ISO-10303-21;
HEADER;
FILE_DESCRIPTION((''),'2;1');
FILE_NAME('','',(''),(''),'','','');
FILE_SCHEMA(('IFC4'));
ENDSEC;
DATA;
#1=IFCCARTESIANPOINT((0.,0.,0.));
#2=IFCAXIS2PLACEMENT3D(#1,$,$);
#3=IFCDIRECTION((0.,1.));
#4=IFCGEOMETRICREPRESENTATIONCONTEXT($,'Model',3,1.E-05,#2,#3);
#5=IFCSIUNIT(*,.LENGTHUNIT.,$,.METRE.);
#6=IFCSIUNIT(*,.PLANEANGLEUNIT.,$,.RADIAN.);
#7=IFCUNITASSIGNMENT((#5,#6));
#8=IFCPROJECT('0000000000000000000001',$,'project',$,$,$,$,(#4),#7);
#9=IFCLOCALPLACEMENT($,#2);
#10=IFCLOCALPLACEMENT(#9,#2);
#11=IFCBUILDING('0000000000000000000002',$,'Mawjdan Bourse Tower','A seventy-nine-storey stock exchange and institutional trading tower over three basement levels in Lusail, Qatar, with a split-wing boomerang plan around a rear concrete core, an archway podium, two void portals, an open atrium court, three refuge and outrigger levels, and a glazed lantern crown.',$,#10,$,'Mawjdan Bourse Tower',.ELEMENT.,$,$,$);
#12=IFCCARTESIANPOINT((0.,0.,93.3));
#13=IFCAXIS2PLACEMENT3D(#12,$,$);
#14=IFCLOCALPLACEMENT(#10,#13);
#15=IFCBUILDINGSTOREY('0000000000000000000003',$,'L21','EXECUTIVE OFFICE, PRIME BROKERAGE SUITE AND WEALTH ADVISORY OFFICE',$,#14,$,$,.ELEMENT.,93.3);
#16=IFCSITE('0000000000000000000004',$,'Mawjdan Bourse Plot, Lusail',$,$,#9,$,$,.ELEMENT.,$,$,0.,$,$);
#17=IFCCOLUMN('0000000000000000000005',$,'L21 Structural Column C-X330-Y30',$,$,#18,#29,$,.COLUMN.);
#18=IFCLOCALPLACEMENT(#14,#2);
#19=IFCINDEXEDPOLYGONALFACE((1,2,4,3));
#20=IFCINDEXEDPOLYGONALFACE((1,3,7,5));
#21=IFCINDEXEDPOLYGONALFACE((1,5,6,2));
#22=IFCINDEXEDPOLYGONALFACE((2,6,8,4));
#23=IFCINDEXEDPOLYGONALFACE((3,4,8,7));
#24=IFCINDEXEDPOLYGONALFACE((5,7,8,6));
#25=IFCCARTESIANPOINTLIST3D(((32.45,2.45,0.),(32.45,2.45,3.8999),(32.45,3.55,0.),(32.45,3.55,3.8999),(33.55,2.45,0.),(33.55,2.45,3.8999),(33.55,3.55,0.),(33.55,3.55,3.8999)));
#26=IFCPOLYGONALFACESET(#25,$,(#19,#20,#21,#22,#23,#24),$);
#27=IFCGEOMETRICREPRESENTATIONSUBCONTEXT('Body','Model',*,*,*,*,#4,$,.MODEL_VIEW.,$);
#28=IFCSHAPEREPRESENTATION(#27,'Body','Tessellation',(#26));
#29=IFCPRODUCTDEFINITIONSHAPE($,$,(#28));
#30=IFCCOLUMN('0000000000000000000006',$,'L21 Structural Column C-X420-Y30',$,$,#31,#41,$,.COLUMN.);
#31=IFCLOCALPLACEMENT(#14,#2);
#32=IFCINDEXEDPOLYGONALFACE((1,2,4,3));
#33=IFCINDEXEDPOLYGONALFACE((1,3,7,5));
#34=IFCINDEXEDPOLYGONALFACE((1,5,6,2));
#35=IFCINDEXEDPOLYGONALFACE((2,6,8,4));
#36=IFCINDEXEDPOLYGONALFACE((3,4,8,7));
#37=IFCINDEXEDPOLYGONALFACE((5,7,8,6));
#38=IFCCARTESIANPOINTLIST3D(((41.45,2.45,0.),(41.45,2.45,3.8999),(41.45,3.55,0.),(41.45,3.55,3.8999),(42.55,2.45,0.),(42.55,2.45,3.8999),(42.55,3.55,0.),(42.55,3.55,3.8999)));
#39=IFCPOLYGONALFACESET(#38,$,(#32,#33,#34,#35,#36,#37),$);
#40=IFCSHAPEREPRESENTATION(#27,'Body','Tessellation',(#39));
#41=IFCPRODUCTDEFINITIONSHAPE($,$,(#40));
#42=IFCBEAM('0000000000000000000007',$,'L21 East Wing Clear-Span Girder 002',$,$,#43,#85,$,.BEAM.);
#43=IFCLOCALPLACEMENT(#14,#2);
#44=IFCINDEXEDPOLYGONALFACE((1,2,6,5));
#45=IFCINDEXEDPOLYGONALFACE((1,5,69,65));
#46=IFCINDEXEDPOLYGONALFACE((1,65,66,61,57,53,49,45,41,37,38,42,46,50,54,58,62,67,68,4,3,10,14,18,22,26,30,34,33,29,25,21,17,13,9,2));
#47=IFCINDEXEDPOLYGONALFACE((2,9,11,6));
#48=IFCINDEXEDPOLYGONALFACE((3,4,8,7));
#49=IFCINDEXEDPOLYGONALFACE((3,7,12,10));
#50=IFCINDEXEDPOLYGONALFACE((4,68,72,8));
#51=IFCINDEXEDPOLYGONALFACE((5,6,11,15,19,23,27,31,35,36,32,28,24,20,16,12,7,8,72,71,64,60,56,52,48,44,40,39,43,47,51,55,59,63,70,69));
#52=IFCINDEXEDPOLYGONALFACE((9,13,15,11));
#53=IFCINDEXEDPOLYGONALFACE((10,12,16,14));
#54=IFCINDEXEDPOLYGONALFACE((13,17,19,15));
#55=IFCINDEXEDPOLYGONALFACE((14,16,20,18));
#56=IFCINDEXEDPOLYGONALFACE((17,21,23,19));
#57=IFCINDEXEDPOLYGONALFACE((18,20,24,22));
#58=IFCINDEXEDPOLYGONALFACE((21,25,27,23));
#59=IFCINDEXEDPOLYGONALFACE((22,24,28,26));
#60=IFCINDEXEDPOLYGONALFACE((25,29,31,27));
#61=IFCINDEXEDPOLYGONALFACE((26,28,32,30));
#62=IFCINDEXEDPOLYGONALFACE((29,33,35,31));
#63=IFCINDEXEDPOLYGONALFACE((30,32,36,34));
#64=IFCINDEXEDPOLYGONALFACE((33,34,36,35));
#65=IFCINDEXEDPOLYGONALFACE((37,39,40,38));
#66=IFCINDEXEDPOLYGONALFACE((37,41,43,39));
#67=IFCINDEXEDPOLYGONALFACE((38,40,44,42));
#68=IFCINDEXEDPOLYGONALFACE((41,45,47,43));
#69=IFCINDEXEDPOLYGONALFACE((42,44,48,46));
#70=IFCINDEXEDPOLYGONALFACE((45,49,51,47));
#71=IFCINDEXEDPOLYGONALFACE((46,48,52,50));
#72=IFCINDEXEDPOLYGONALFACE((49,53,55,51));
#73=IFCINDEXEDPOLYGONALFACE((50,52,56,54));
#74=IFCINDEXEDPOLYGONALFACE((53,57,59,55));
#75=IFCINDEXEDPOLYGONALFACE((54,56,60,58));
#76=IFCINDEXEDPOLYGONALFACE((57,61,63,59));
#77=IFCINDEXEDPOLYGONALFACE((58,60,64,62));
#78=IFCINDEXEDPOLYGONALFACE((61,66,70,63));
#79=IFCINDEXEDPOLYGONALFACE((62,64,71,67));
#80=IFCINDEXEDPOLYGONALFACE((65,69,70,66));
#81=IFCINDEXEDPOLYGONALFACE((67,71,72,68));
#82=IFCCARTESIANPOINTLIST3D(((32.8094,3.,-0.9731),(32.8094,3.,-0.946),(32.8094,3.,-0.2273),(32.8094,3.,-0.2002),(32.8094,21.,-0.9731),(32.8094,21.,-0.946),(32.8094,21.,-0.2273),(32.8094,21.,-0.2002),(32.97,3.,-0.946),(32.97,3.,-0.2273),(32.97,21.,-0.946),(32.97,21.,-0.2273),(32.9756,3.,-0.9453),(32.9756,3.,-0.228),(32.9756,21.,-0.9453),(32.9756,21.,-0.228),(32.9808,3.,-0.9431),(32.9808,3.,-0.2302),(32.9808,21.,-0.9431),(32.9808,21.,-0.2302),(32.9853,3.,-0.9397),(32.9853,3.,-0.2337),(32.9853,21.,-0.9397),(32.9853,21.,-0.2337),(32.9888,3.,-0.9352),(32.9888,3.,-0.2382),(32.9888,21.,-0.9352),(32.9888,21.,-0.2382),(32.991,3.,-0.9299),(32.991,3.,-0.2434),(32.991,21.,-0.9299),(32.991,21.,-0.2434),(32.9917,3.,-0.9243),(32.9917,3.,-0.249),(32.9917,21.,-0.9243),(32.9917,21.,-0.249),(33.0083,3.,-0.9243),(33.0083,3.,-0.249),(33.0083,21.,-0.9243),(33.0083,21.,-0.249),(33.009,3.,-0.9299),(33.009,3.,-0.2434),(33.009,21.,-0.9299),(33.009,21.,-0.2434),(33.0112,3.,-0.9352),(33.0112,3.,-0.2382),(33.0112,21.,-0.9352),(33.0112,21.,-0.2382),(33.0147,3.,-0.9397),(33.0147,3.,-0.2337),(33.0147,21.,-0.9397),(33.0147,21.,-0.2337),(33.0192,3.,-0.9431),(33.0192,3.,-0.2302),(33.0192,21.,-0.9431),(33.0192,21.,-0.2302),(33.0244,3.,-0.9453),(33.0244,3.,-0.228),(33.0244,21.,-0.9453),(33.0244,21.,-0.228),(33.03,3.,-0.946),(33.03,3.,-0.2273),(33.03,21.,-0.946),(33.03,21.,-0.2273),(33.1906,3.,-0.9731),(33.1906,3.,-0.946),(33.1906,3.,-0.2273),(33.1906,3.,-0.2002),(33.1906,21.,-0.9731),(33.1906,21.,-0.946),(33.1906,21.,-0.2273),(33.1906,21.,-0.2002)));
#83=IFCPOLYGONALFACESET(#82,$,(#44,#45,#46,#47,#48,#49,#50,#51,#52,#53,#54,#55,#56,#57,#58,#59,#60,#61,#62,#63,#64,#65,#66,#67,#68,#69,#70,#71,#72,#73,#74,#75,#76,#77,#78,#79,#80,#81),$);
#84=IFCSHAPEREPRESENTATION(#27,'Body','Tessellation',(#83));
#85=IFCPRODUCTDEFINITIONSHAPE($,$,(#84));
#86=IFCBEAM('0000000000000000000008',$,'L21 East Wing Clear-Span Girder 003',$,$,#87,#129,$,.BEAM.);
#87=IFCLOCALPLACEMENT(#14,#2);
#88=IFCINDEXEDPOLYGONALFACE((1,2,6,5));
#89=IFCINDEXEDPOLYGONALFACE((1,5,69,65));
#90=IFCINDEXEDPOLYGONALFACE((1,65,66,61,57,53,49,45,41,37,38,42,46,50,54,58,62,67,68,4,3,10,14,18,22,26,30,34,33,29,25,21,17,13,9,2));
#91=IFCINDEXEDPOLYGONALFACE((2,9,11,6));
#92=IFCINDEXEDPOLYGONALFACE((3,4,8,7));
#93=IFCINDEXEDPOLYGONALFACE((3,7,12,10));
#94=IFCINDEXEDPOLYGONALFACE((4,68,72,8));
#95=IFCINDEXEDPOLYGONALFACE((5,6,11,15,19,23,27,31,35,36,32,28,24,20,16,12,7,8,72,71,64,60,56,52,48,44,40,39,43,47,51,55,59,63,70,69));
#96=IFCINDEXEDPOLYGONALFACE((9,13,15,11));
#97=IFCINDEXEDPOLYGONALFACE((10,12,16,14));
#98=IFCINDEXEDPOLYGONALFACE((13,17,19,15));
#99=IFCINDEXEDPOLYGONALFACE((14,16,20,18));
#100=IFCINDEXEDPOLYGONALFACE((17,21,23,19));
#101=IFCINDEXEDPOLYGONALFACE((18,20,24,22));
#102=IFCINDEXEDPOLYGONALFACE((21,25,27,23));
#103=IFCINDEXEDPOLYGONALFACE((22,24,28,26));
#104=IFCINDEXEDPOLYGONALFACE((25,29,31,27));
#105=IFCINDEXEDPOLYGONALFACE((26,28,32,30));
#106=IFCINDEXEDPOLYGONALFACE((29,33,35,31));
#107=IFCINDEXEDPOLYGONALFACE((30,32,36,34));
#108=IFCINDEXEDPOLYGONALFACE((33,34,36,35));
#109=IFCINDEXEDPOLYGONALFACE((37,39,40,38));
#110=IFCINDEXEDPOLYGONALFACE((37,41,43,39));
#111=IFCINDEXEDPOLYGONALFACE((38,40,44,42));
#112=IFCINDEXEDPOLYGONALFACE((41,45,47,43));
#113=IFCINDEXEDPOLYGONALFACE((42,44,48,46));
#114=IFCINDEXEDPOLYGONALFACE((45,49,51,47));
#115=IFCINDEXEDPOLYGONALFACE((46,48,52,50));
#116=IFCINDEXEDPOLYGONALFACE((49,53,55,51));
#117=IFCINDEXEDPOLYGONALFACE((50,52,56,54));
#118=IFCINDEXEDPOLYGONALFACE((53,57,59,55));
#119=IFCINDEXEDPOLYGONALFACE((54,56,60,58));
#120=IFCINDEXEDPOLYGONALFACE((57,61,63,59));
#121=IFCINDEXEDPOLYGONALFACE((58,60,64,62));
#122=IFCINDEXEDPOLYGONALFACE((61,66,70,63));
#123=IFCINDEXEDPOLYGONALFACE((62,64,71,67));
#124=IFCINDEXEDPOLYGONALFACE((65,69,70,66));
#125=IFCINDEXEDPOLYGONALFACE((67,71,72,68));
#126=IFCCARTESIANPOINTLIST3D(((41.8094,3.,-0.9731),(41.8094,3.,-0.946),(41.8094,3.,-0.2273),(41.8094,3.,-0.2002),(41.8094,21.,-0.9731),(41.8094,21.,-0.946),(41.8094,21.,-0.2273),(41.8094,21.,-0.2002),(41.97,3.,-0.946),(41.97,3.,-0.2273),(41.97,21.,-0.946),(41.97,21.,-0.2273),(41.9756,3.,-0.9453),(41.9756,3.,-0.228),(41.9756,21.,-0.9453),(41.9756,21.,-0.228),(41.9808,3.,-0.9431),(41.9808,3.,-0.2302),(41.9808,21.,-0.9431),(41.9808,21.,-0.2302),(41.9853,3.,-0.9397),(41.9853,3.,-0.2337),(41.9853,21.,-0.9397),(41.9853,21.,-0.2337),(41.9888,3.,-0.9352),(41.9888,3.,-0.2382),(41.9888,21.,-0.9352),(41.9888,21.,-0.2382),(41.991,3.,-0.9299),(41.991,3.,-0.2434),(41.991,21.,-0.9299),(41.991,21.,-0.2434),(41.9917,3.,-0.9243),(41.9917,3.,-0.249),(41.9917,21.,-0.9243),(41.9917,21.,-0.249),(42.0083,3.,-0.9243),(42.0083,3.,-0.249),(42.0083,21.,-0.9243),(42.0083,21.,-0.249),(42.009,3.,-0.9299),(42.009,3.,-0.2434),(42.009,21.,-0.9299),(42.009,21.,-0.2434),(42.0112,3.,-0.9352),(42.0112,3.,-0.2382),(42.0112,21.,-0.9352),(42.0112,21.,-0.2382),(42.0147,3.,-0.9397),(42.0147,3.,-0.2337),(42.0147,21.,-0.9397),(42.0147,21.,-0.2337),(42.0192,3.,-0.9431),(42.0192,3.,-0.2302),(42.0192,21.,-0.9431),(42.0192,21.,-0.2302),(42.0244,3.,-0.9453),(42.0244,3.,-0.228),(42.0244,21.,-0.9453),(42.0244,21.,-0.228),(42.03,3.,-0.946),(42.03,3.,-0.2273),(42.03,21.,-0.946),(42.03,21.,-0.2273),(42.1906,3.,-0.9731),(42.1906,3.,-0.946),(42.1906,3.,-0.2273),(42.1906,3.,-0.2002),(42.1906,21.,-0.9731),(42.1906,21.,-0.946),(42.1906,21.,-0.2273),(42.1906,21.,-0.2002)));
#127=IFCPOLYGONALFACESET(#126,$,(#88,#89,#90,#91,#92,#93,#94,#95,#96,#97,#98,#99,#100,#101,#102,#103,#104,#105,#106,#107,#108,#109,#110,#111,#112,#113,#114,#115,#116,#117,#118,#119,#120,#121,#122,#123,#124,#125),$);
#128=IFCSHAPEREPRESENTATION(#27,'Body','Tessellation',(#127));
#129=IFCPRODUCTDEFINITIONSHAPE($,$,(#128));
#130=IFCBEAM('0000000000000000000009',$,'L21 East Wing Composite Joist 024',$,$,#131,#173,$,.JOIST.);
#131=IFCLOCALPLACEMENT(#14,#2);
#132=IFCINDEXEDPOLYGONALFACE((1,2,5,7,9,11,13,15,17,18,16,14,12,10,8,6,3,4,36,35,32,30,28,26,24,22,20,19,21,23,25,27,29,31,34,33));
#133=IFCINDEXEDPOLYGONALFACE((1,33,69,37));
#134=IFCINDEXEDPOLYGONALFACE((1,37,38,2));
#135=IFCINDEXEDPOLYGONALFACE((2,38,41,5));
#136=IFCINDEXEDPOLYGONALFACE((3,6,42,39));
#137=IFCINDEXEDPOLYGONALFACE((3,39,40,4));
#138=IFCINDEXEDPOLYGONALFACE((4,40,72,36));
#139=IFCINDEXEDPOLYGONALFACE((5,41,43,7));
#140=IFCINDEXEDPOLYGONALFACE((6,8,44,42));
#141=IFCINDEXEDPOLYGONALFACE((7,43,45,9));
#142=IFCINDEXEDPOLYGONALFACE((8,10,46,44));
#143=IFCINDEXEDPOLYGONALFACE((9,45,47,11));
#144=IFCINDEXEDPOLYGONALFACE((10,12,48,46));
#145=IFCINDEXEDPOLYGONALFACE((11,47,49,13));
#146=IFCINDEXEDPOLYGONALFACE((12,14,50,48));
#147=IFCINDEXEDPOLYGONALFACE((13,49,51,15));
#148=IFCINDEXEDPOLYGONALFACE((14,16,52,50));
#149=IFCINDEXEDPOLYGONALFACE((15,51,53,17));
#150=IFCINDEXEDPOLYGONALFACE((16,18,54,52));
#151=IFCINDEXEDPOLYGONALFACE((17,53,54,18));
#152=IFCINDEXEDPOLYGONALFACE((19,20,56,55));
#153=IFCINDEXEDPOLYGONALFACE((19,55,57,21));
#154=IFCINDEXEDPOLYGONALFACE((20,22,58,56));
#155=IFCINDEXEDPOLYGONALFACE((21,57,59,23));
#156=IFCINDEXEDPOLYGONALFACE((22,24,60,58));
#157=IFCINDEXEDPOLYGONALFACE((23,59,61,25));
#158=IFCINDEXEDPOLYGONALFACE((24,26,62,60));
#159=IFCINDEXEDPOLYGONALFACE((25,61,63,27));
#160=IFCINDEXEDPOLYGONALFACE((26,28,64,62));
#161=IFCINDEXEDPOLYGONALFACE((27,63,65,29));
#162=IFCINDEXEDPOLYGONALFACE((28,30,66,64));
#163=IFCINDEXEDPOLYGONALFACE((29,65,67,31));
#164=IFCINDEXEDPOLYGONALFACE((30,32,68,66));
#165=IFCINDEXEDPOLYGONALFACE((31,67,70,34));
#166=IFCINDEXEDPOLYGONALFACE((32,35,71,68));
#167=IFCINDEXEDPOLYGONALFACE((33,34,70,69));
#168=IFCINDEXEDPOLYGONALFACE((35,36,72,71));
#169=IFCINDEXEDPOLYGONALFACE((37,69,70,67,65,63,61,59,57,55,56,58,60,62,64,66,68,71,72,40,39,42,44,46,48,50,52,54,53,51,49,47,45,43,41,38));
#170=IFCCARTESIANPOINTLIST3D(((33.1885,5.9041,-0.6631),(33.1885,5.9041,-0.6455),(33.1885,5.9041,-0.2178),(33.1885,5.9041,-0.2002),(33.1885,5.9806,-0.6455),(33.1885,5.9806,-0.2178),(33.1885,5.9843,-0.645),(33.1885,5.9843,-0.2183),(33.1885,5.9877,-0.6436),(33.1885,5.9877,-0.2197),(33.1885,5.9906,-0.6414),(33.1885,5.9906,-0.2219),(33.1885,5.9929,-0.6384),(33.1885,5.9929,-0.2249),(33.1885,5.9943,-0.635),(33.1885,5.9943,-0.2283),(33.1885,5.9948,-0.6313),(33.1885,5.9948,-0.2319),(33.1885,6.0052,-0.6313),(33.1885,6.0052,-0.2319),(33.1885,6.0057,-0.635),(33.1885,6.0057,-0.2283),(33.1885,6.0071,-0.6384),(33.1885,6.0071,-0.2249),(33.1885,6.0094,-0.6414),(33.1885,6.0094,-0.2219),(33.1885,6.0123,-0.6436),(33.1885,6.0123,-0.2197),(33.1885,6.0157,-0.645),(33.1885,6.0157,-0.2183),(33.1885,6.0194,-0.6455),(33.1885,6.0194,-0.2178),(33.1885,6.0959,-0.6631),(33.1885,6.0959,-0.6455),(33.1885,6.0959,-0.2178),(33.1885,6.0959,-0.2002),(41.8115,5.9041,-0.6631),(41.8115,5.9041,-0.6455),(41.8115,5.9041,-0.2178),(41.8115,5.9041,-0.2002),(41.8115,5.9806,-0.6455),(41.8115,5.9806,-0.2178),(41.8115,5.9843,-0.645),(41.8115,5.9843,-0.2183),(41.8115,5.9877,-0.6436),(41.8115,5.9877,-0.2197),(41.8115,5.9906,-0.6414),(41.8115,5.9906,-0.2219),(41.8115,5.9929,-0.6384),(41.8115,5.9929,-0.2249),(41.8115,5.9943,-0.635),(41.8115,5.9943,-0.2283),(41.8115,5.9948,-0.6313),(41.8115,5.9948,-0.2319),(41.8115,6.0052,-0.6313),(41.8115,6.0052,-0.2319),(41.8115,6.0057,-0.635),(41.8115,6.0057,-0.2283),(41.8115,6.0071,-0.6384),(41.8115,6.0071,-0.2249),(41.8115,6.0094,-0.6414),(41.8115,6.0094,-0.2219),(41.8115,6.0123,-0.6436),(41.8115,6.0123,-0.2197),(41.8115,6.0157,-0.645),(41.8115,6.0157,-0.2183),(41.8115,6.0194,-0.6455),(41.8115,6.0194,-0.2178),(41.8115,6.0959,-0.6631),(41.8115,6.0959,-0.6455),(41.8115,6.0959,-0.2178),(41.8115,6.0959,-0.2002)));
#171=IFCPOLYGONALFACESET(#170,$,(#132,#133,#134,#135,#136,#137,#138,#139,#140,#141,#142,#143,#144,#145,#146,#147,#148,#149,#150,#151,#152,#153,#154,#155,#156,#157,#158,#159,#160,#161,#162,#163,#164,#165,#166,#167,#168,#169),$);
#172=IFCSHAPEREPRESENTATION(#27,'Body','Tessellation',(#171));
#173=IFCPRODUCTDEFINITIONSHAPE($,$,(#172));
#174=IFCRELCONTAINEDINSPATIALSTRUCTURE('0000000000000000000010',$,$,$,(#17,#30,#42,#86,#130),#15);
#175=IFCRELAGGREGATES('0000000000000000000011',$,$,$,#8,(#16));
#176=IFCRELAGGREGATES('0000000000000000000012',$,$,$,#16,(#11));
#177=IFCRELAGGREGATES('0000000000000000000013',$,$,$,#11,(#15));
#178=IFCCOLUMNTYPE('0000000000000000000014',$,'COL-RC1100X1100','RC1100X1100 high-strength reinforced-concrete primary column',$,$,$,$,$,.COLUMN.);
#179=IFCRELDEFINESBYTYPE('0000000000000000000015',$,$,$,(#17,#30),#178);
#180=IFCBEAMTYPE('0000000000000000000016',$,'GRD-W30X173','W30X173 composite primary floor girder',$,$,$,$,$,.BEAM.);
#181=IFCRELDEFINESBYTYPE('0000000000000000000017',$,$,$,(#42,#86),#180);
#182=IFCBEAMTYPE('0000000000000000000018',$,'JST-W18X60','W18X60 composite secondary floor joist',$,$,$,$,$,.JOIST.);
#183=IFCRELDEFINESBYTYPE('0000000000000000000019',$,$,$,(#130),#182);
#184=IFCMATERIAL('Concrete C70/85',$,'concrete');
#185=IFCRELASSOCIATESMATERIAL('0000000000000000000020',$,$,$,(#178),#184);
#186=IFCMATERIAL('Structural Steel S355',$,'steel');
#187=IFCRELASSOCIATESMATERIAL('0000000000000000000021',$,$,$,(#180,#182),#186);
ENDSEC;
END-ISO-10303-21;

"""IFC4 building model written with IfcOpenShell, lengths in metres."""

from ifc_helpers import new_model, si_unit, direction, frame, origin, origin_2d, place, context, subcontext, project, spatial, rectangle, i_section, extrude, material, material_profile, profile_set, type_object, element, save


model = new_model("IFC4")

# Units and contexts
model_context = context("Model", 3, precision=1e-05, world=origin(), true_north=direction((0.0, 1.0)))
body_context = subcontext(model_context, "Body", "Model", "MODEL_VIEW")
ifc_project = project(units=[si_unit("LENGTHUNIT", "METRE"), si_unit("PLANEANGLEUNIT", "RADIAN")], contexts=[model_context])

# Site, building, storey
site_placement = place(None, origin())
site = spatial("IfcSite", under=ifc_project, at=site_placement, Name="Mawjdan Bourse Plot, Lusail", CompositionType="ELEMENT", RefElevation=0.0)
building_placement = place(site_placement, origin())
building = spatial("IfcBuilding", under=site, at=building_placement, Name="Mawjdan Bourse Tower", Description="A seventy-nine-storey stock exchange and institutional trading tower over three basement levels in Lusail, Qatar, with a split-wing boomerang plan around a rear concrete core, an archway podium, two void portals, an open atrium court, three refuge and outrigger levels, and a glazed lantern crown.", LongName="Mawjdan Bourse Tower", CompositionType="ELEMENT")
storey_placement = place(building_placement, frame((0.0, 0.0, 93.3)))
storey = spatial("IfcBuildingStorey", under=building, at=storey_placement, Name="L21", Description="EXECUTIVE OFFICE, PRIME BROKERAGE SUITE AND WEALTH ADVISORY OFFICE", CompositionType="ELEMENT", Elevation=93.3)

# Columns
ifc_material_1 = material(Name="Concrete C70/85", Category="concrete")
ifc_material_profile_1 = material_profile(ifc_material_1, rectangle(XDim=1.1001, YDim=1.1001, at=origin_2d()), Name="RC1100X1100")
ifc_profile_set_1 = profile_set([ifc_material_profile_1], Name="Concrete C70/85")
column_type = type_object("IfcColumnType", Name="COL-RC1100X1100", Description="RC1100X1100 high-strength reinforced-concrete primary column", PredefinedType="COLUMN", material=ifc_profile_set_1)
for number, where, z_axis, x_axis, name in (
    (1, (33.0, 3.0, 0.0), (0.0, 0.0, 1.0), (1.0, 0.0, 0.0), "L21 Structural Column C-X330-Y30"),
    (2, (42.0, 3.0, 0.0), (0.0, 0.0, 1.0), (1.0, 0.0, 0.0), "L21 Structural Column C-X420-Y30"),
):
    element("IfcColumn", number, at=place(storey_placement, frame(where, z_axis=z_axis, x_axis=x_axis)), inside=storey, type_object=column_type, Name=name, PredefinedType="COLUMN", context=body_context, shape_type="SweptSolid", body=[
        extrude(rectangle(XDim=1.1001, YDim=1.1001, at=origin_2d()), origin(), (0.0, 0.0, 1.0), 3.8999),
    ])

# Beams
ifc_material_2 = material(Name="Structural Steel S355", Category="steel")
ifc_material_profile_2 = material_profile(ifc_material_2, i_section(OverallWidth=0.3811, OverallDepth=0.7729, WebThickness=0.0166, FlangeThickness=0.0271, FilletRadius=0.0217, at=origin_2d()), Name="W30X173")
ifc_profile_set_2 = profile_set([ifc_material_profile_2], Name="Structural Steel S355")
beam_type_1 = type_object("IfcBeamType", Name="GRD-W30X173", Description="W30X173 composite primary floor girder", PredefinedType="BEAM", material=ifc_profile_set_2)
for number, where, z_axis, x_axis, name in (
    (3, (33.0, 3.0, -0.5867), (0.0, 1.0, 0.0), (-1.0, 0.0, 0.0), "L21 East Wing Clear-Span Girder 002"),
    (4, (42.0, 3.0, -0.5867), (0.0, 1.0, 0.0), (-1.0, 0.0, 0.0), "L21 East Wing Clear-Span Girder 003"),
):
    element("IfcBeam", number, at=place(storey_placement, frame(where, z_axis=z_axis, x_axis=x_axis)), inside=storey, type_object=beam_type_1, Name=name, PredefinedType="BEAM", context=body_context, shape_type="SweptSolid", body=[
        extrude(i_section(OverallWidth=0.3811, OverallDepth=0.7729, WebThickness=0.0166, FlangeThickness=0.0271, FilletRadius=0.0217, at=origin_2d()), origin(), (0.0, 0.0, 1.0), 18.0),
    ])
ifc_material_profile_3 = material_profile(ifc_material_2, i_section(OverallWidth=0.1919, OverallDepth=0.4629, WebThickness=0.0105, FlangeThickness=0.0176, FilletRadius=0.0142, at=origin_2d()), Name="W18X60")
ifc_profile_set_3 = profile_set([ifc_material_profile_3], Name="Structural Steel S355")
beam_type_2 = type_object("IfcBeamType", Name="JST-W18X60", Description="W18X60 composite secondary floor joist", PredefinedType="JOIST", material=ifc_profile_set_3)
beam_1_placement = place(storey_placement, frame((33.1885, 6.0, -0.4316), z_axis=(1.0, 0.0, 0.0), x_axis=(0.0, 1.0, 0.0)))
element("IfcBeam", 5, at=beam_1_placement, inside=storey, type_object=beam_type_2, Name="L21 East Wing Composite Joist 024", PredefinedType="JOIST", context=body_context, shape_type="SweptSolid", body=[
    extrude(i_section(OverallWidth=0.1919, OverallDepth=0.4629, WebThickness=0.0105, FlangeThickness=0.0176, FilletRadius=0.0142, at=origin_2d()), origin(), (0.0, 0.0, 1.0), 8.623),
])

save(model, "model.ifc")
